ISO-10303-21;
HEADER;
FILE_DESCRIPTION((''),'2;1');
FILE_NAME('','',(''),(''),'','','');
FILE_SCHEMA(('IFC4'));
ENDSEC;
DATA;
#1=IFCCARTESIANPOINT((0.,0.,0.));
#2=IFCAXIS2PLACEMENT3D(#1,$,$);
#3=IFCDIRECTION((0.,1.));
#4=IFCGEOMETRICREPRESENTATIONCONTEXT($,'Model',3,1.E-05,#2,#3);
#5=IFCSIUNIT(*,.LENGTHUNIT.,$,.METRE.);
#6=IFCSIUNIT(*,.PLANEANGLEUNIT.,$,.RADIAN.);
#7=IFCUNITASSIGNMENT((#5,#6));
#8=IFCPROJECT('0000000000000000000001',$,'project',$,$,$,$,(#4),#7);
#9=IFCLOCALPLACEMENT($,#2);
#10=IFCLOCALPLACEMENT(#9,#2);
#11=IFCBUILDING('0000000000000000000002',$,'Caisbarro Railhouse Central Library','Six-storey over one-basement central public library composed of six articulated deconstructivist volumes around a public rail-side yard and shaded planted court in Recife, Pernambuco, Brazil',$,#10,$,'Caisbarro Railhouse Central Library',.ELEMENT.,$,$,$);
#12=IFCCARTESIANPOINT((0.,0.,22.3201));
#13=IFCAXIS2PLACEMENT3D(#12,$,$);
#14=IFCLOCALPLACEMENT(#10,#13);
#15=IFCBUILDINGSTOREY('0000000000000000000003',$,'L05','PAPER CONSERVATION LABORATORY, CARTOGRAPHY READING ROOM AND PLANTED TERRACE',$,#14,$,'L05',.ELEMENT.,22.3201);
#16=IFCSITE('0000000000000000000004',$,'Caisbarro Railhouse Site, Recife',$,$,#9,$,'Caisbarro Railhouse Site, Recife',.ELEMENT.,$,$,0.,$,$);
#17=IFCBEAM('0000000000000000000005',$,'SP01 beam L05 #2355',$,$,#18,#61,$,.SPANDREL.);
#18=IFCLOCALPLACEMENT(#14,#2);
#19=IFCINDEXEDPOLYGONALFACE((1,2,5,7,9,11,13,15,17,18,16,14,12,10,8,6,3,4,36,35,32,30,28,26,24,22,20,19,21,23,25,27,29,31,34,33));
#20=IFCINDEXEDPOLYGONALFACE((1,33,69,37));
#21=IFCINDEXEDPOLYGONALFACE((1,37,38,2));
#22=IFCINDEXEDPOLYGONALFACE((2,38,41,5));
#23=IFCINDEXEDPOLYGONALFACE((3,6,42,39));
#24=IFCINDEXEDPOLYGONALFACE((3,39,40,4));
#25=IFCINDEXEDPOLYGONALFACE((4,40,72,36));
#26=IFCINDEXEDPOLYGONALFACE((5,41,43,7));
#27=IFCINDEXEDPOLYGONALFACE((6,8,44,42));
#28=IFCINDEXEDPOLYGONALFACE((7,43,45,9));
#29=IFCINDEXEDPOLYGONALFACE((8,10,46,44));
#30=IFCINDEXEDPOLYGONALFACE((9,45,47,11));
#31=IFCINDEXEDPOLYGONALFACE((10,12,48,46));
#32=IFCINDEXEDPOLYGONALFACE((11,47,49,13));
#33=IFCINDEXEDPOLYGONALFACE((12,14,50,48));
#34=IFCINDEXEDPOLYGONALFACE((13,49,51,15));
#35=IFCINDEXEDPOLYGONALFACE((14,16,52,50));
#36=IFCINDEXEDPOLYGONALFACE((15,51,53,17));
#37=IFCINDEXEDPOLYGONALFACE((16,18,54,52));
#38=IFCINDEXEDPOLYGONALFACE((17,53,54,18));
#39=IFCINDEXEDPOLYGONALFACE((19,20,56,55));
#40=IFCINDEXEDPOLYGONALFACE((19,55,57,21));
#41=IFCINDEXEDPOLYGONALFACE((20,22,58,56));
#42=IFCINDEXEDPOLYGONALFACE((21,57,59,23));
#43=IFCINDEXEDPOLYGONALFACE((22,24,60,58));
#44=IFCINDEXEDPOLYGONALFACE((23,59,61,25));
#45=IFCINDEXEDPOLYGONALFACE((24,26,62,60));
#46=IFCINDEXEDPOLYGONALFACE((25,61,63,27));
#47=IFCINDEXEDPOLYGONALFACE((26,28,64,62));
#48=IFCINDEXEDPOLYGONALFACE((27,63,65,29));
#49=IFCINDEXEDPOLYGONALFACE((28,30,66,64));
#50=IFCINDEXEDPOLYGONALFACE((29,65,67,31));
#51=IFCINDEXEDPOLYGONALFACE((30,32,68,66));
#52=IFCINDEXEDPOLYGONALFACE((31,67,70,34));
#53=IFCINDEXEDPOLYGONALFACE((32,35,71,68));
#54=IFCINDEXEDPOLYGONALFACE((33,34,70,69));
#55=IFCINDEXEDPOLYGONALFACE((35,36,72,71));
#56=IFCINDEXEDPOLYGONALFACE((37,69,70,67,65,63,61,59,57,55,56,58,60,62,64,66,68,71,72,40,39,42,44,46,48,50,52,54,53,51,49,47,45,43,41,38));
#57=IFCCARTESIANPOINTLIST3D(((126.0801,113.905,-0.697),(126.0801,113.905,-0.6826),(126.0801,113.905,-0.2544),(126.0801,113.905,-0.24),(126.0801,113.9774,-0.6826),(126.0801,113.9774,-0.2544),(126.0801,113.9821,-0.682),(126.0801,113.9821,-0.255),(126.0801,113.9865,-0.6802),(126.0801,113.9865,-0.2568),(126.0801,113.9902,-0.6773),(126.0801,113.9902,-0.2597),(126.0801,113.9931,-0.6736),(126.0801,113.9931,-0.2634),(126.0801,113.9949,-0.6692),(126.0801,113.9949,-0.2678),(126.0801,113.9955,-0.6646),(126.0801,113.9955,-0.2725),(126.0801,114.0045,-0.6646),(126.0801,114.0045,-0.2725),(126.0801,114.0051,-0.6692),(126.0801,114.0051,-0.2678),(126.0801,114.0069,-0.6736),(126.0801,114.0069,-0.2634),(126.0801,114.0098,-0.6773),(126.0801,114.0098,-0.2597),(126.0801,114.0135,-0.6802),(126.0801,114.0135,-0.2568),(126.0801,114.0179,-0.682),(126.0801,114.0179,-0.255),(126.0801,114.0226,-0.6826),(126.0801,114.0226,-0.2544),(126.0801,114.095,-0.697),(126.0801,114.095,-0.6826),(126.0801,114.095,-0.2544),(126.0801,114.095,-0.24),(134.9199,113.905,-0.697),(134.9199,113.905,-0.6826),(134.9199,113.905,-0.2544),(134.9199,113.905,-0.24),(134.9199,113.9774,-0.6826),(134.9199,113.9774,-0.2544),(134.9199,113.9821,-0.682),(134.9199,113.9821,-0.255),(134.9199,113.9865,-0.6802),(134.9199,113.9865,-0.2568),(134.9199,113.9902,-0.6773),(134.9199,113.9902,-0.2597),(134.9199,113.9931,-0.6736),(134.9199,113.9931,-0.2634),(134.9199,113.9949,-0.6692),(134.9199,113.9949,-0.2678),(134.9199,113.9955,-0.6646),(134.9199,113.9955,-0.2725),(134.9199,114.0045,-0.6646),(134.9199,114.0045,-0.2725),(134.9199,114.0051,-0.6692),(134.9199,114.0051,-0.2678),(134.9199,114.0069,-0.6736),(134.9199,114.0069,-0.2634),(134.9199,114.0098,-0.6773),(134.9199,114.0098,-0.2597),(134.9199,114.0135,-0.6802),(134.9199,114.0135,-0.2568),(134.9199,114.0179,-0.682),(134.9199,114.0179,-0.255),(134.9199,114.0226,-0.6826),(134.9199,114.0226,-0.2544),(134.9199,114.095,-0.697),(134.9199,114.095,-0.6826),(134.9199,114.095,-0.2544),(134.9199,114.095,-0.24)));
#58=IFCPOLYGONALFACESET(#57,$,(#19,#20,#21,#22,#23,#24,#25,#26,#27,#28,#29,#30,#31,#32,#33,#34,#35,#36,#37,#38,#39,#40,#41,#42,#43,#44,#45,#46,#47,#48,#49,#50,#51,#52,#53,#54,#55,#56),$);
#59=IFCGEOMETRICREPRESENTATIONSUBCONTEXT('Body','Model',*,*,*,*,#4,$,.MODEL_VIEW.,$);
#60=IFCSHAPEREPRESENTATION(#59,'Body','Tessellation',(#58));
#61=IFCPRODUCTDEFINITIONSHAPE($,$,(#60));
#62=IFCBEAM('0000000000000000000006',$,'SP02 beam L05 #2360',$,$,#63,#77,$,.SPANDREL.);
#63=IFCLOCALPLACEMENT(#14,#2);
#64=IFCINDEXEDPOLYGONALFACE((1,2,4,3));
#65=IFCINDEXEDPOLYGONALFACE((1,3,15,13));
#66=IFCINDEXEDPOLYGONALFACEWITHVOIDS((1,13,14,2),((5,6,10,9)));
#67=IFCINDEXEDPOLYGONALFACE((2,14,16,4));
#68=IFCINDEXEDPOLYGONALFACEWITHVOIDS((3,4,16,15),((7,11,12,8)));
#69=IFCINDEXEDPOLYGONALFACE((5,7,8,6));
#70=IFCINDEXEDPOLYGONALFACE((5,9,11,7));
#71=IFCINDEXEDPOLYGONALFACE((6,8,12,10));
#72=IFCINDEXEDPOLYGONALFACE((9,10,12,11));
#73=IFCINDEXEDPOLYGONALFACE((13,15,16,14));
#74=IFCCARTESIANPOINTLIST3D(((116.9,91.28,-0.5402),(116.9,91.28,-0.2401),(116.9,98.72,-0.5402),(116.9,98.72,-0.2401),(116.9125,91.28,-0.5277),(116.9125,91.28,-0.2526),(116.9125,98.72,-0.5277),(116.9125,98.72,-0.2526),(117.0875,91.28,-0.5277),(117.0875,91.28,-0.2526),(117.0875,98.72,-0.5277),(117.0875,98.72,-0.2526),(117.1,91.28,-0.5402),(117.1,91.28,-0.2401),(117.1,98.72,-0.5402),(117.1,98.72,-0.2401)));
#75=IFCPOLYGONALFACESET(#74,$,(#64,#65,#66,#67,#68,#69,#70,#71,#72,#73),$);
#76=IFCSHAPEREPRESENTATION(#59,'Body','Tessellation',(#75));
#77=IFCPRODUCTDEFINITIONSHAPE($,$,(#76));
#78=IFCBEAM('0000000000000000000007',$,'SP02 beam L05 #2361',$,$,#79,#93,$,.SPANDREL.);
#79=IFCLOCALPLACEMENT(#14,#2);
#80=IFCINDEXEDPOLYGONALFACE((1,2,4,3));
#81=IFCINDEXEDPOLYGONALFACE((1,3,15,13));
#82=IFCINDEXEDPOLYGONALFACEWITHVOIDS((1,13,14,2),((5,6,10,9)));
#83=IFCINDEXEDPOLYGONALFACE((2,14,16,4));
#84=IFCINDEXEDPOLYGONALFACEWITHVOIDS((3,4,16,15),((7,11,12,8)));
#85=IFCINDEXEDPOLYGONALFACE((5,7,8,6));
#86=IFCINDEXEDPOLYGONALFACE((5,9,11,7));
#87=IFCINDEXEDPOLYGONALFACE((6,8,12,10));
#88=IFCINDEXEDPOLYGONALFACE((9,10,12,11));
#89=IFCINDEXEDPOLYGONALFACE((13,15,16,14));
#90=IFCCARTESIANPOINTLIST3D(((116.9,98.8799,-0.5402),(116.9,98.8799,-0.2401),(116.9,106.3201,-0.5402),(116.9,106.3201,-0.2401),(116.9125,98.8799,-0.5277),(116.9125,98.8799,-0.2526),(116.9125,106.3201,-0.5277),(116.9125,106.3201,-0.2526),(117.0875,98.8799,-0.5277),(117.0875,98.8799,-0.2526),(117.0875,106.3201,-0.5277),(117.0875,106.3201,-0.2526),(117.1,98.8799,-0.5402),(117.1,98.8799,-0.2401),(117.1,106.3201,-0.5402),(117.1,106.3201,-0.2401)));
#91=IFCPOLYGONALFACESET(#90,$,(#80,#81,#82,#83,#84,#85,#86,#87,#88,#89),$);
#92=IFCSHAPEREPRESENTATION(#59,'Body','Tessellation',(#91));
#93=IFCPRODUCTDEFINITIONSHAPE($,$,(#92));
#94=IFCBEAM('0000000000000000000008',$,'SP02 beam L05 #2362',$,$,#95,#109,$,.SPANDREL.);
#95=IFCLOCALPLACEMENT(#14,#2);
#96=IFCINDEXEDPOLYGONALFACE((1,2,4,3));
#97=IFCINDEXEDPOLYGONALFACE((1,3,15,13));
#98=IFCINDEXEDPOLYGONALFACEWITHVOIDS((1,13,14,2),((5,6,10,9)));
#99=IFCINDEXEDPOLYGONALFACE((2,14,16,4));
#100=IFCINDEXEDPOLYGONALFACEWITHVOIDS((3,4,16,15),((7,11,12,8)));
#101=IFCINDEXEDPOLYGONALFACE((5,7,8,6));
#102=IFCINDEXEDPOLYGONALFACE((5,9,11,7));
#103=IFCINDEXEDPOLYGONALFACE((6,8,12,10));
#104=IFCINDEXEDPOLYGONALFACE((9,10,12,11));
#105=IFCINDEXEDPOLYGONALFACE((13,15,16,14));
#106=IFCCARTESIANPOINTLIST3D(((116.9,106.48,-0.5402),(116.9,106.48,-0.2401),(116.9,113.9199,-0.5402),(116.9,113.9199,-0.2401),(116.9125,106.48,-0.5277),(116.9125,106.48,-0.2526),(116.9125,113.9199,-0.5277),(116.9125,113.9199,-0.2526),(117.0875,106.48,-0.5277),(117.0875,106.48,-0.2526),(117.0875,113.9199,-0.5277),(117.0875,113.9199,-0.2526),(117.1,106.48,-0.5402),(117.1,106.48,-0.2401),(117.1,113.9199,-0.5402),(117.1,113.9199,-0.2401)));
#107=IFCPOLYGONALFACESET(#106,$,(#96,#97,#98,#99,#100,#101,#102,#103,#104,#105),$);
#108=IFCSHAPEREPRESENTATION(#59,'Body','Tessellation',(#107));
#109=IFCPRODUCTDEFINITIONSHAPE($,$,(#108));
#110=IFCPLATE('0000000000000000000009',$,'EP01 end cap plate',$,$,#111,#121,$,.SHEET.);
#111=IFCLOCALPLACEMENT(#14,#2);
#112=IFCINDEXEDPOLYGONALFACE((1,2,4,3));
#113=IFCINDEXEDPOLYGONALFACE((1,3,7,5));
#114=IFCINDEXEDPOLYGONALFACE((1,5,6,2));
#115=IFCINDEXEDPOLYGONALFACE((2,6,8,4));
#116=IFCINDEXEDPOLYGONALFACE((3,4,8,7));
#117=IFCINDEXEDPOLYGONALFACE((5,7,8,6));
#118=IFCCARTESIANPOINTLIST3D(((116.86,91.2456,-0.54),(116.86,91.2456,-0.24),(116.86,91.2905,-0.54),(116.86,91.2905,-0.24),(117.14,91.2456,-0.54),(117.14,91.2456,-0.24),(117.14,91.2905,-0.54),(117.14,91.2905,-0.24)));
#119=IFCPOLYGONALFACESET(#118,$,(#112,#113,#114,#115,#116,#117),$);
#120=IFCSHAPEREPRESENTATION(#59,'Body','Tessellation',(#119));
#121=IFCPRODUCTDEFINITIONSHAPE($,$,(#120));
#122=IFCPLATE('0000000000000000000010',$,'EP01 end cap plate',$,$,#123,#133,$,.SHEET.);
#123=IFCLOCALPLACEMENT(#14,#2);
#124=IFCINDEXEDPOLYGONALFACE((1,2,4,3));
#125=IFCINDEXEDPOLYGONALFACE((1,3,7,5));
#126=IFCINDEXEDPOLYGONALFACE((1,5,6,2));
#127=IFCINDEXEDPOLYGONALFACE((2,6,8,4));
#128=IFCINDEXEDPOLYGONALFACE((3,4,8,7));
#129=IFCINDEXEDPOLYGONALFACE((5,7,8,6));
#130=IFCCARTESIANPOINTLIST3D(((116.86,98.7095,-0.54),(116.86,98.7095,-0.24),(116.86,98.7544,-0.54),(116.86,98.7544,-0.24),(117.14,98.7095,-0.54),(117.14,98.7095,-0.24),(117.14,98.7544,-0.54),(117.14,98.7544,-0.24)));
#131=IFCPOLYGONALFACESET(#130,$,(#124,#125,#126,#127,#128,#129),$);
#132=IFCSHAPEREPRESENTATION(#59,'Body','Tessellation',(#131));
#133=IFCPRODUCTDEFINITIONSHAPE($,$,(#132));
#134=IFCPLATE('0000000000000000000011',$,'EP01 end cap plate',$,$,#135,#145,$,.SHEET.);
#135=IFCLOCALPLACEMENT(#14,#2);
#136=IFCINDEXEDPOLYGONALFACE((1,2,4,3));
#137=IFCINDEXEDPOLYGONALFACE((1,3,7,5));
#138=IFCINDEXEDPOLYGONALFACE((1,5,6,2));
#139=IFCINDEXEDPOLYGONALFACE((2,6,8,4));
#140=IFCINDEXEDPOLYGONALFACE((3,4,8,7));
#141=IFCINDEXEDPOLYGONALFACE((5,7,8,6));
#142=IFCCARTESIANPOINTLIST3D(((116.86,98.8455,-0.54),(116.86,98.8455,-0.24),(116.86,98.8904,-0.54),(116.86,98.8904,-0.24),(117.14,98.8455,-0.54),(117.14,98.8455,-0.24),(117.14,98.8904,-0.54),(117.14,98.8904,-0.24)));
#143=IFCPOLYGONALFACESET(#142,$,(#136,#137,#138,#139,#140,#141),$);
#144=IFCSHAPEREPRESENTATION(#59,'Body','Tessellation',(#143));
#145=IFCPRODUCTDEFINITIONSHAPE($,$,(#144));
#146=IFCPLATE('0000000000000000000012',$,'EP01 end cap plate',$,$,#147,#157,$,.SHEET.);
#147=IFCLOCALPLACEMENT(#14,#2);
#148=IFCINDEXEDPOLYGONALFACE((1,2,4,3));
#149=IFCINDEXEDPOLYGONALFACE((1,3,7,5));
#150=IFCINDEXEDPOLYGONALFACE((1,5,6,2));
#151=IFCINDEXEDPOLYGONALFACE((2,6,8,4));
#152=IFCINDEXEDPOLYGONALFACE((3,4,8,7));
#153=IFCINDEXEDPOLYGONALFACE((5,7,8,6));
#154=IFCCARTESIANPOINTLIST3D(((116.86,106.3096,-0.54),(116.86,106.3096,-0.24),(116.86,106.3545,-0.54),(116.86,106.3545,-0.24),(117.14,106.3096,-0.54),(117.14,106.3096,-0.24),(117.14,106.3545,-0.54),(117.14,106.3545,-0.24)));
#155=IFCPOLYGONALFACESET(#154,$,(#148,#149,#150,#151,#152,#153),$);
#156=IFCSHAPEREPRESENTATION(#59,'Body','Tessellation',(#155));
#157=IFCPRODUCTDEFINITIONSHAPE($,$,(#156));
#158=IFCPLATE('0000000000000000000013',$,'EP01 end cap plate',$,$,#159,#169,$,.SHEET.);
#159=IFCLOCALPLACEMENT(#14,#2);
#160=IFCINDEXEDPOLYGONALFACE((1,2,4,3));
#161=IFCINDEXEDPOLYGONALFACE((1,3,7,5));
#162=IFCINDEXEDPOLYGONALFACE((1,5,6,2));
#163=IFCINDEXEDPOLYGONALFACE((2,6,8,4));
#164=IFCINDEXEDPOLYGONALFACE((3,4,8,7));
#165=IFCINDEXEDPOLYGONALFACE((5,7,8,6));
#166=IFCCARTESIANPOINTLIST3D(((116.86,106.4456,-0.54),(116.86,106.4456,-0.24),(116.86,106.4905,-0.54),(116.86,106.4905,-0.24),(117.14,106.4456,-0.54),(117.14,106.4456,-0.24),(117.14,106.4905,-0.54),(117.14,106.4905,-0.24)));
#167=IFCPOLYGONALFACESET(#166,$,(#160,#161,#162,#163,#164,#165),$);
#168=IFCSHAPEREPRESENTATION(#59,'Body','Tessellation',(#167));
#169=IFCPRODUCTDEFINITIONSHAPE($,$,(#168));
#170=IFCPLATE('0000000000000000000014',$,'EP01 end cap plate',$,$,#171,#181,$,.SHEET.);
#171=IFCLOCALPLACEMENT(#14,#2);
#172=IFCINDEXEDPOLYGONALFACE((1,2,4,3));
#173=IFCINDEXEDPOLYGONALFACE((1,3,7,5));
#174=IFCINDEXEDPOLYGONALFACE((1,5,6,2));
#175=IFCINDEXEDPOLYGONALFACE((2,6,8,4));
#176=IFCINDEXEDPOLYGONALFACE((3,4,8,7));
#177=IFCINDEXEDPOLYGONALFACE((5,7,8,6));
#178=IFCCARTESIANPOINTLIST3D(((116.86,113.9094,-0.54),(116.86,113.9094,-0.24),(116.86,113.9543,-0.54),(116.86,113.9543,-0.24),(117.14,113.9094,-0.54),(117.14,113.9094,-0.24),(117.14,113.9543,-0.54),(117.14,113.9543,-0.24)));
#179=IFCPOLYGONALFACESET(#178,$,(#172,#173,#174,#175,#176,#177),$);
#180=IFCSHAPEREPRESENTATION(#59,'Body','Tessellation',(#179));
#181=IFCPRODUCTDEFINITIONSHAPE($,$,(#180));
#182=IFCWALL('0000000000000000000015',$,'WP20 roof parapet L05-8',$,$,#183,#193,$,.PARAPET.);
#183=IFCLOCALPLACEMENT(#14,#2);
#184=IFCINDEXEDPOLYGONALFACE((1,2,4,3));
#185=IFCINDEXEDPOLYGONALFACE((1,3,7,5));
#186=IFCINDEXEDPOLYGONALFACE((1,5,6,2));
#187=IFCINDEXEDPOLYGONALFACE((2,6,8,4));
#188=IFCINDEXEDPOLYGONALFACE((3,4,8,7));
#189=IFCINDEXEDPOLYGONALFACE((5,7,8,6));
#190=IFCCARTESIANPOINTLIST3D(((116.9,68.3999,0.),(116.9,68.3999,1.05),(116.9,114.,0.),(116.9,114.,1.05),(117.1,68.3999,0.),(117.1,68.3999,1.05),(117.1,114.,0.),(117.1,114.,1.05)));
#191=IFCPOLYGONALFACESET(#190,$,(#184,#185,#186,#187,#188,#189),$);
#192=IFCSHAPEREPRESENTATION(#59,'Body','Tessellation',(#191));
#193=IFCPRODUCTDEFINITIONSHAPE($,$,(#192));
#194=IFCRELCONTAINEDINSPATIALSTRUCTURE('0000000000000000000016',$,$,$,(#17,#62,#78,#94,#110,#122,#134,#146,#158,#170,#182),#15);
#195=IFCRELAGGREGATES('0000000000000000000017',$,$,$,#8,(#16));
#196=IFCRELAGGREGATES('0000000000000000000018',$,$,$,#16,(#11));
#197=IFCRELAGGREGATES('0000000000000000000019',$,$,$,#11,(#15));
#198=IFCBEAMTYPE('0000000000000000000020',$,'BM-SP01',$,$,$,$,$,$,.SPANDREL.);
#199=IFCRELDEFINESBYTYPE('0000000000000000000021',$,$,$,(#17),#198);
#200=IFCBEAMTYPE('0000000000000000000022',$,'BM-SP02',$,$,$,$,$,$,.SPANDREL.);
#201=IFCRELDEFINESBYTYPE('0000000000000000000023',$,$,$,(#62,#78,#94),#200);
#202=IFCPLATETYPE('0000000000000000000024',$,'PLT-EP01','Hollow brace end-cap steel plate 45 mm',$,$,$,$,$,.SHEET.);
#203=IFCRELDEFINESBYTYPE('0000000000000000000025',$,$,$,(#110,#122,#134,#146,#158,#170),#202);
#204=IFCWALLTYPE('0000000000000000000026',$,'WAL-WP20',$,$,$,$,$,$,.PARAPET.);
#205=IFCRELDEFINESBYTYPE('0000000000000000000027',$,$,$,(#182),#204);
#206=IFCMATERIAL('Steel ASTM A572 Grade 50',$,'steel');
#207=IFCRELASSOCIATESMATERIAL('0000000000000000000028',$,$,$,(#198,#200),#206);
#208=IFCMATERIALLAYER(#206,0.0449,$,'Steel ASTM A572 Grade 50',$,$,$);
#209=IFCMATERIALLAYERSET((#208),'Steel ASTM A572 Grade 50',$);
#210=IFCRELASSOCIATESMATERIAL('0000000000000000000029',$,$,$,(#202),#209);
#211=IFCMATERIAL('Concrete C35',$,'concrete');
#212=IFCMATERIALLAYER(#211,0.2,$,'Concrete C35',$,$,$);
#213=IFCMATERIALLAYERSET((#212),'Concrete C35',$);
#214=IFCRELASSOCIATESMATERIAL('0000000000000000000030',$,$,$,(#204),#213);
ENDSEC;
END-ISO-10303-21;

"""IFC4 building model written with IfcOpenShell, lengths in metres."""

from ifc_helpers import new_model, si_unit, direction, frame, frame_2d, origin, origin_2d, place, context, subcontext, project, spatial, rectangle, hollow_rectangle, i_section, extrude, material, layer, layer_set, material_profile, profile_set, type_object, element, save


model = new_model("IFC4")

# Units and contexts
model_context = context("Model", 3, precision=1e-05, world=origin(), true_north=direction((0.0, 1.0)))
body_context = subcontext(model_context, "Body", "Model", "MODEL_VIEW")
ifc_project = project(units=[si_unit("LENGTHUNIT", "METRE"), si_unit("PLANEANGLEUNIT", "RADIAN")], contexts=[model_context])

# Site, building, storey
site_placement = place(None, origin())
site = spatial("IfcSite", under=ifc_project, at=site_placement, Name="Caisbarro Railhouse Site, Recife", LongName="Caisbarro Railhouse Site, Recife", CompositionType="ELEMENT", RefElevation=0.0)
building_placement = place(site_placement, origin())
building = spatial("IfcBuilding", under=site, at=building_placement, Name="Caisbarro Railhouse Central Library", Description="Six-storey over one-basement central public library composed of six articulated deconstructivist volumes around a public rail-side yard and shaded planted court in Recife, Pernambuco, Brazil", LongName="Caisbarro Railhouse Central Library", CompositionType="ELEMENT")
storey_placement = place(building_placement, frame((0.0, 0.0, 22.3201)))
storey = spatial("IfcBuildingStorey", under=building, at=storey_placement, Name="L05", Description="PAPER CONSERVATION LABORATORY, CARTOGRAPHY READING ROOM AND PLANTED TERRACE", LongName="L05", CompositionType="ELEMENT", Elevation=22.3201)

# Beams
ifc_material_1 = material(Name="Steel ASTM A572 Grade 50", Category="steel")
ifc_material_profile_1 = material_profile(ifc_material_1, i_section(OverallWidth=0.1899, OverallDepth=0.457, WebThickness=0.009, FlangeThickness=0.0144, FilletRadius=0.0181, at=origin_2d()), Name="W460X74.0")
ifc_profile_set_1 = profile_set([ifc_material_profile_1], Name="Steel ASTM A572 Grade 50")
beam_type_1 = type_object("IfcBeamType", Name="BM-SP01", PredefinedType="SPANDREL", material=ifc_profile_set_1)
for number, where, z_axis, x_axis, name in (
    (1, (126.0801, 114.0, -0.4685), (1.0, 0.0, 0.0), (0.0, 1.0, 0.0), "SP01 beam L05 #2355"),
):
    element("IfcBeam", number, at=place(storey_placement, frame(where, z_axis=z_axis, x_axis=x_axis)), inside=storey, type_object=beam_type_1, Name=name, PredefinedType="SPANDREL", context=body_context, shape_type="SweptSolid", body=[
        extrude(i_section(OverallWidth=0.1899, OverallDepth=0.457, WebThickness=0.009, FlangeThickness=0.0144, FilletRadius=0.0181, at=origin_2d()), origin(), (0.0, 0.0, 1.0), 8.8398),
    ])
ifc_material_profile_2 = material_profile(ifc_material_1, hollow_rectangle(XDim=0.2, YDim=0.3, WallThickness=0.0125, at=origin_2d()), Name="HSS300X200X12.5")
ifc_profile_set_2 = profile_set([ifc_material_profile_2], Name="Steel ASTM A572 Grade 50")
beam_type_2 = type_object("IfcBeamType", Name="BM-SP02", PredefinedType="SPANDREL", material=ifc_profile_set_2)
beam_1_placement = place(storey_placement, frame((117.0, 91.28, -0.3901), z_axis=(0.0, 1.0, 0.0), x_axis=(-1.0, 0.0, 0.0)))
element("IfcBeam", 2, at=beam_1_placement, inside=storey, type_object=beam_type_2, Name="SP02 beam L05 #2360", PredefinedType="SPANDREL", context=body_context, shape_type="SweptSolid", body=[
    extrude(hollow_rectangle(XDim=0.2, YDim=0.3, WallThickness=0.0125, at=origin_2d()), origin(), (0.0, 0.0, 1.0), 7.4399),
])
beam_2_placement = place(storey_placement, frame((117.0, 98.8799, -0.3901), z_axis=(0.0, 1.0, 0.0), x_axis=(-1.0, 0.0, 0.0)))
element("IfcBeam", 3, at=beam_2_placement, inside=storey, type_object=beam_type_2, Name="SP02 beam L05 #2361", PredefinedType="SPANDREL", context=body_context, shape_type="SweptSolid", body=[
    extrude(hollow_rectangle(XDim=0.2, YDim=0.3, WallThickness=0.0125, at=origin_2d()), origin(), (0.0, 0.0, 1.0), 7.4402),
])
beam_3_placement = place(storey_placement, frame((117.0, 106.48, -0.3901), z_axis=(0.0, 1.0, 0.0), x_axis=(-1.0, 0.0, 0.0)))
element("IfcBeam", 4, at=beam_3_placement, inside=storey, type_object=beam_type_2, Name="SP02 beam L05 #2362", PredefinedType="SPANDREL", context=body_context, shape_type="SweptSolid", body=[
    extrude(hollow_rectangle(XDim=0.2, YDim=0.3, WallThickness=0.0125, at=origin_2d()), origin(), (0.0, 0.0, 1.0), 7.4399),
])

# Plates
ifc_layer_1 = layer(ifc_material_1, 0.0449, Name="Steel ASTM A572 Grade 50")
ifc_layer_set_1 = layer_set([ifc_layer_1], Name="Steel ASTM A572 Grade 50")
plate_type = type_object("IfcPlateType", Name="PLT-EP01", Description="Hollow brace end-cap steel plate 45 mm", PredefinedType="SHEET", material=ifc_layer_set_1)
for number, where, z_axis, x_axis, name in (
    (5, (117.0, 91.2681, -0.54), (0.0, 0.0, 1.0), (0.0, 1.0, 0.0), "EP01 end cap plate"),
    (6, (117.0, 98.7319, -0.54), (0.0, 0.0, 1.0), (0.0, 1.0, 0.0), "EP01 end cap plate"),
    (7, (117.0, 98.8679, -0.54), (0.0, 0.0, 1.0), (0.0, 1.0, 0.0), "EP01 end cap plate"),
    (8, (117.0, 106.332, -0.54), (0.0, 0.0, 1.0), (0.0, 1.0, 0.0), "EP01 end cap plate"),
    (9, (117.0, 106.468, -0.54), (0.0, 0.0, 1.0), (0.0, 1.0, 0.0), "EP01 end cap plate"),
    (10, (117.0, 113.9319, -0.54), (0.0, 0.0, 1.0), (0.0, 1.0, 0.0), "EP01 end cap plate"),
):
    element("IfcPlate", number, at=place(storey_placement, frame(where, z_axis=z_axis, x_axis=x_axis)), inside=storey, type_object=plate_type, Name=name, PredefinedType="SHEET", context=body_context, shape_type="SweptSolid", body=[
        extrude(rectangle(XDim=0.0449, YDim=0.28, at=origin_2d()), origin(), (0.0, 0.0, 1.0), 0.3),
    ])

# Wall
ifc_material_2 = material(Name="Concrete C35", Category="concrete")
ifc_layer_2 = layer(ifc_material_2, 0.2, Name="Concrete C35")
ifc_layer_set_2 = layer_set([ifc_layer_2], Name="Concrete C35")
wall_type = type_object("IfcWallType", Name="WAL-WP20", PredefinedType="PARAPET", material=ifc_layer_set_2)
wall_placement = place(storey_placement, frame((117.0, 114.0, 0.0), z_axis=(0.0, 0.0, 1.0), x_axis=(0.0, -1.0, 0.0)))
element("IfcWall", 11, at=wall_placement, inside=storey, type_object=wall_type, Name="WP20 roof parapet L05-8", PredefinedType="PARAPET", context=body_context, shape_type="SweptSolid", body=[
    extrude(rectangle(XDim=45.6001, YDim=0.2, at=frame_2d((22.8, 0.0))), origin(), (0.0, 0.0, 1.0), 1.05),
])

save(model, "model.ifc")
